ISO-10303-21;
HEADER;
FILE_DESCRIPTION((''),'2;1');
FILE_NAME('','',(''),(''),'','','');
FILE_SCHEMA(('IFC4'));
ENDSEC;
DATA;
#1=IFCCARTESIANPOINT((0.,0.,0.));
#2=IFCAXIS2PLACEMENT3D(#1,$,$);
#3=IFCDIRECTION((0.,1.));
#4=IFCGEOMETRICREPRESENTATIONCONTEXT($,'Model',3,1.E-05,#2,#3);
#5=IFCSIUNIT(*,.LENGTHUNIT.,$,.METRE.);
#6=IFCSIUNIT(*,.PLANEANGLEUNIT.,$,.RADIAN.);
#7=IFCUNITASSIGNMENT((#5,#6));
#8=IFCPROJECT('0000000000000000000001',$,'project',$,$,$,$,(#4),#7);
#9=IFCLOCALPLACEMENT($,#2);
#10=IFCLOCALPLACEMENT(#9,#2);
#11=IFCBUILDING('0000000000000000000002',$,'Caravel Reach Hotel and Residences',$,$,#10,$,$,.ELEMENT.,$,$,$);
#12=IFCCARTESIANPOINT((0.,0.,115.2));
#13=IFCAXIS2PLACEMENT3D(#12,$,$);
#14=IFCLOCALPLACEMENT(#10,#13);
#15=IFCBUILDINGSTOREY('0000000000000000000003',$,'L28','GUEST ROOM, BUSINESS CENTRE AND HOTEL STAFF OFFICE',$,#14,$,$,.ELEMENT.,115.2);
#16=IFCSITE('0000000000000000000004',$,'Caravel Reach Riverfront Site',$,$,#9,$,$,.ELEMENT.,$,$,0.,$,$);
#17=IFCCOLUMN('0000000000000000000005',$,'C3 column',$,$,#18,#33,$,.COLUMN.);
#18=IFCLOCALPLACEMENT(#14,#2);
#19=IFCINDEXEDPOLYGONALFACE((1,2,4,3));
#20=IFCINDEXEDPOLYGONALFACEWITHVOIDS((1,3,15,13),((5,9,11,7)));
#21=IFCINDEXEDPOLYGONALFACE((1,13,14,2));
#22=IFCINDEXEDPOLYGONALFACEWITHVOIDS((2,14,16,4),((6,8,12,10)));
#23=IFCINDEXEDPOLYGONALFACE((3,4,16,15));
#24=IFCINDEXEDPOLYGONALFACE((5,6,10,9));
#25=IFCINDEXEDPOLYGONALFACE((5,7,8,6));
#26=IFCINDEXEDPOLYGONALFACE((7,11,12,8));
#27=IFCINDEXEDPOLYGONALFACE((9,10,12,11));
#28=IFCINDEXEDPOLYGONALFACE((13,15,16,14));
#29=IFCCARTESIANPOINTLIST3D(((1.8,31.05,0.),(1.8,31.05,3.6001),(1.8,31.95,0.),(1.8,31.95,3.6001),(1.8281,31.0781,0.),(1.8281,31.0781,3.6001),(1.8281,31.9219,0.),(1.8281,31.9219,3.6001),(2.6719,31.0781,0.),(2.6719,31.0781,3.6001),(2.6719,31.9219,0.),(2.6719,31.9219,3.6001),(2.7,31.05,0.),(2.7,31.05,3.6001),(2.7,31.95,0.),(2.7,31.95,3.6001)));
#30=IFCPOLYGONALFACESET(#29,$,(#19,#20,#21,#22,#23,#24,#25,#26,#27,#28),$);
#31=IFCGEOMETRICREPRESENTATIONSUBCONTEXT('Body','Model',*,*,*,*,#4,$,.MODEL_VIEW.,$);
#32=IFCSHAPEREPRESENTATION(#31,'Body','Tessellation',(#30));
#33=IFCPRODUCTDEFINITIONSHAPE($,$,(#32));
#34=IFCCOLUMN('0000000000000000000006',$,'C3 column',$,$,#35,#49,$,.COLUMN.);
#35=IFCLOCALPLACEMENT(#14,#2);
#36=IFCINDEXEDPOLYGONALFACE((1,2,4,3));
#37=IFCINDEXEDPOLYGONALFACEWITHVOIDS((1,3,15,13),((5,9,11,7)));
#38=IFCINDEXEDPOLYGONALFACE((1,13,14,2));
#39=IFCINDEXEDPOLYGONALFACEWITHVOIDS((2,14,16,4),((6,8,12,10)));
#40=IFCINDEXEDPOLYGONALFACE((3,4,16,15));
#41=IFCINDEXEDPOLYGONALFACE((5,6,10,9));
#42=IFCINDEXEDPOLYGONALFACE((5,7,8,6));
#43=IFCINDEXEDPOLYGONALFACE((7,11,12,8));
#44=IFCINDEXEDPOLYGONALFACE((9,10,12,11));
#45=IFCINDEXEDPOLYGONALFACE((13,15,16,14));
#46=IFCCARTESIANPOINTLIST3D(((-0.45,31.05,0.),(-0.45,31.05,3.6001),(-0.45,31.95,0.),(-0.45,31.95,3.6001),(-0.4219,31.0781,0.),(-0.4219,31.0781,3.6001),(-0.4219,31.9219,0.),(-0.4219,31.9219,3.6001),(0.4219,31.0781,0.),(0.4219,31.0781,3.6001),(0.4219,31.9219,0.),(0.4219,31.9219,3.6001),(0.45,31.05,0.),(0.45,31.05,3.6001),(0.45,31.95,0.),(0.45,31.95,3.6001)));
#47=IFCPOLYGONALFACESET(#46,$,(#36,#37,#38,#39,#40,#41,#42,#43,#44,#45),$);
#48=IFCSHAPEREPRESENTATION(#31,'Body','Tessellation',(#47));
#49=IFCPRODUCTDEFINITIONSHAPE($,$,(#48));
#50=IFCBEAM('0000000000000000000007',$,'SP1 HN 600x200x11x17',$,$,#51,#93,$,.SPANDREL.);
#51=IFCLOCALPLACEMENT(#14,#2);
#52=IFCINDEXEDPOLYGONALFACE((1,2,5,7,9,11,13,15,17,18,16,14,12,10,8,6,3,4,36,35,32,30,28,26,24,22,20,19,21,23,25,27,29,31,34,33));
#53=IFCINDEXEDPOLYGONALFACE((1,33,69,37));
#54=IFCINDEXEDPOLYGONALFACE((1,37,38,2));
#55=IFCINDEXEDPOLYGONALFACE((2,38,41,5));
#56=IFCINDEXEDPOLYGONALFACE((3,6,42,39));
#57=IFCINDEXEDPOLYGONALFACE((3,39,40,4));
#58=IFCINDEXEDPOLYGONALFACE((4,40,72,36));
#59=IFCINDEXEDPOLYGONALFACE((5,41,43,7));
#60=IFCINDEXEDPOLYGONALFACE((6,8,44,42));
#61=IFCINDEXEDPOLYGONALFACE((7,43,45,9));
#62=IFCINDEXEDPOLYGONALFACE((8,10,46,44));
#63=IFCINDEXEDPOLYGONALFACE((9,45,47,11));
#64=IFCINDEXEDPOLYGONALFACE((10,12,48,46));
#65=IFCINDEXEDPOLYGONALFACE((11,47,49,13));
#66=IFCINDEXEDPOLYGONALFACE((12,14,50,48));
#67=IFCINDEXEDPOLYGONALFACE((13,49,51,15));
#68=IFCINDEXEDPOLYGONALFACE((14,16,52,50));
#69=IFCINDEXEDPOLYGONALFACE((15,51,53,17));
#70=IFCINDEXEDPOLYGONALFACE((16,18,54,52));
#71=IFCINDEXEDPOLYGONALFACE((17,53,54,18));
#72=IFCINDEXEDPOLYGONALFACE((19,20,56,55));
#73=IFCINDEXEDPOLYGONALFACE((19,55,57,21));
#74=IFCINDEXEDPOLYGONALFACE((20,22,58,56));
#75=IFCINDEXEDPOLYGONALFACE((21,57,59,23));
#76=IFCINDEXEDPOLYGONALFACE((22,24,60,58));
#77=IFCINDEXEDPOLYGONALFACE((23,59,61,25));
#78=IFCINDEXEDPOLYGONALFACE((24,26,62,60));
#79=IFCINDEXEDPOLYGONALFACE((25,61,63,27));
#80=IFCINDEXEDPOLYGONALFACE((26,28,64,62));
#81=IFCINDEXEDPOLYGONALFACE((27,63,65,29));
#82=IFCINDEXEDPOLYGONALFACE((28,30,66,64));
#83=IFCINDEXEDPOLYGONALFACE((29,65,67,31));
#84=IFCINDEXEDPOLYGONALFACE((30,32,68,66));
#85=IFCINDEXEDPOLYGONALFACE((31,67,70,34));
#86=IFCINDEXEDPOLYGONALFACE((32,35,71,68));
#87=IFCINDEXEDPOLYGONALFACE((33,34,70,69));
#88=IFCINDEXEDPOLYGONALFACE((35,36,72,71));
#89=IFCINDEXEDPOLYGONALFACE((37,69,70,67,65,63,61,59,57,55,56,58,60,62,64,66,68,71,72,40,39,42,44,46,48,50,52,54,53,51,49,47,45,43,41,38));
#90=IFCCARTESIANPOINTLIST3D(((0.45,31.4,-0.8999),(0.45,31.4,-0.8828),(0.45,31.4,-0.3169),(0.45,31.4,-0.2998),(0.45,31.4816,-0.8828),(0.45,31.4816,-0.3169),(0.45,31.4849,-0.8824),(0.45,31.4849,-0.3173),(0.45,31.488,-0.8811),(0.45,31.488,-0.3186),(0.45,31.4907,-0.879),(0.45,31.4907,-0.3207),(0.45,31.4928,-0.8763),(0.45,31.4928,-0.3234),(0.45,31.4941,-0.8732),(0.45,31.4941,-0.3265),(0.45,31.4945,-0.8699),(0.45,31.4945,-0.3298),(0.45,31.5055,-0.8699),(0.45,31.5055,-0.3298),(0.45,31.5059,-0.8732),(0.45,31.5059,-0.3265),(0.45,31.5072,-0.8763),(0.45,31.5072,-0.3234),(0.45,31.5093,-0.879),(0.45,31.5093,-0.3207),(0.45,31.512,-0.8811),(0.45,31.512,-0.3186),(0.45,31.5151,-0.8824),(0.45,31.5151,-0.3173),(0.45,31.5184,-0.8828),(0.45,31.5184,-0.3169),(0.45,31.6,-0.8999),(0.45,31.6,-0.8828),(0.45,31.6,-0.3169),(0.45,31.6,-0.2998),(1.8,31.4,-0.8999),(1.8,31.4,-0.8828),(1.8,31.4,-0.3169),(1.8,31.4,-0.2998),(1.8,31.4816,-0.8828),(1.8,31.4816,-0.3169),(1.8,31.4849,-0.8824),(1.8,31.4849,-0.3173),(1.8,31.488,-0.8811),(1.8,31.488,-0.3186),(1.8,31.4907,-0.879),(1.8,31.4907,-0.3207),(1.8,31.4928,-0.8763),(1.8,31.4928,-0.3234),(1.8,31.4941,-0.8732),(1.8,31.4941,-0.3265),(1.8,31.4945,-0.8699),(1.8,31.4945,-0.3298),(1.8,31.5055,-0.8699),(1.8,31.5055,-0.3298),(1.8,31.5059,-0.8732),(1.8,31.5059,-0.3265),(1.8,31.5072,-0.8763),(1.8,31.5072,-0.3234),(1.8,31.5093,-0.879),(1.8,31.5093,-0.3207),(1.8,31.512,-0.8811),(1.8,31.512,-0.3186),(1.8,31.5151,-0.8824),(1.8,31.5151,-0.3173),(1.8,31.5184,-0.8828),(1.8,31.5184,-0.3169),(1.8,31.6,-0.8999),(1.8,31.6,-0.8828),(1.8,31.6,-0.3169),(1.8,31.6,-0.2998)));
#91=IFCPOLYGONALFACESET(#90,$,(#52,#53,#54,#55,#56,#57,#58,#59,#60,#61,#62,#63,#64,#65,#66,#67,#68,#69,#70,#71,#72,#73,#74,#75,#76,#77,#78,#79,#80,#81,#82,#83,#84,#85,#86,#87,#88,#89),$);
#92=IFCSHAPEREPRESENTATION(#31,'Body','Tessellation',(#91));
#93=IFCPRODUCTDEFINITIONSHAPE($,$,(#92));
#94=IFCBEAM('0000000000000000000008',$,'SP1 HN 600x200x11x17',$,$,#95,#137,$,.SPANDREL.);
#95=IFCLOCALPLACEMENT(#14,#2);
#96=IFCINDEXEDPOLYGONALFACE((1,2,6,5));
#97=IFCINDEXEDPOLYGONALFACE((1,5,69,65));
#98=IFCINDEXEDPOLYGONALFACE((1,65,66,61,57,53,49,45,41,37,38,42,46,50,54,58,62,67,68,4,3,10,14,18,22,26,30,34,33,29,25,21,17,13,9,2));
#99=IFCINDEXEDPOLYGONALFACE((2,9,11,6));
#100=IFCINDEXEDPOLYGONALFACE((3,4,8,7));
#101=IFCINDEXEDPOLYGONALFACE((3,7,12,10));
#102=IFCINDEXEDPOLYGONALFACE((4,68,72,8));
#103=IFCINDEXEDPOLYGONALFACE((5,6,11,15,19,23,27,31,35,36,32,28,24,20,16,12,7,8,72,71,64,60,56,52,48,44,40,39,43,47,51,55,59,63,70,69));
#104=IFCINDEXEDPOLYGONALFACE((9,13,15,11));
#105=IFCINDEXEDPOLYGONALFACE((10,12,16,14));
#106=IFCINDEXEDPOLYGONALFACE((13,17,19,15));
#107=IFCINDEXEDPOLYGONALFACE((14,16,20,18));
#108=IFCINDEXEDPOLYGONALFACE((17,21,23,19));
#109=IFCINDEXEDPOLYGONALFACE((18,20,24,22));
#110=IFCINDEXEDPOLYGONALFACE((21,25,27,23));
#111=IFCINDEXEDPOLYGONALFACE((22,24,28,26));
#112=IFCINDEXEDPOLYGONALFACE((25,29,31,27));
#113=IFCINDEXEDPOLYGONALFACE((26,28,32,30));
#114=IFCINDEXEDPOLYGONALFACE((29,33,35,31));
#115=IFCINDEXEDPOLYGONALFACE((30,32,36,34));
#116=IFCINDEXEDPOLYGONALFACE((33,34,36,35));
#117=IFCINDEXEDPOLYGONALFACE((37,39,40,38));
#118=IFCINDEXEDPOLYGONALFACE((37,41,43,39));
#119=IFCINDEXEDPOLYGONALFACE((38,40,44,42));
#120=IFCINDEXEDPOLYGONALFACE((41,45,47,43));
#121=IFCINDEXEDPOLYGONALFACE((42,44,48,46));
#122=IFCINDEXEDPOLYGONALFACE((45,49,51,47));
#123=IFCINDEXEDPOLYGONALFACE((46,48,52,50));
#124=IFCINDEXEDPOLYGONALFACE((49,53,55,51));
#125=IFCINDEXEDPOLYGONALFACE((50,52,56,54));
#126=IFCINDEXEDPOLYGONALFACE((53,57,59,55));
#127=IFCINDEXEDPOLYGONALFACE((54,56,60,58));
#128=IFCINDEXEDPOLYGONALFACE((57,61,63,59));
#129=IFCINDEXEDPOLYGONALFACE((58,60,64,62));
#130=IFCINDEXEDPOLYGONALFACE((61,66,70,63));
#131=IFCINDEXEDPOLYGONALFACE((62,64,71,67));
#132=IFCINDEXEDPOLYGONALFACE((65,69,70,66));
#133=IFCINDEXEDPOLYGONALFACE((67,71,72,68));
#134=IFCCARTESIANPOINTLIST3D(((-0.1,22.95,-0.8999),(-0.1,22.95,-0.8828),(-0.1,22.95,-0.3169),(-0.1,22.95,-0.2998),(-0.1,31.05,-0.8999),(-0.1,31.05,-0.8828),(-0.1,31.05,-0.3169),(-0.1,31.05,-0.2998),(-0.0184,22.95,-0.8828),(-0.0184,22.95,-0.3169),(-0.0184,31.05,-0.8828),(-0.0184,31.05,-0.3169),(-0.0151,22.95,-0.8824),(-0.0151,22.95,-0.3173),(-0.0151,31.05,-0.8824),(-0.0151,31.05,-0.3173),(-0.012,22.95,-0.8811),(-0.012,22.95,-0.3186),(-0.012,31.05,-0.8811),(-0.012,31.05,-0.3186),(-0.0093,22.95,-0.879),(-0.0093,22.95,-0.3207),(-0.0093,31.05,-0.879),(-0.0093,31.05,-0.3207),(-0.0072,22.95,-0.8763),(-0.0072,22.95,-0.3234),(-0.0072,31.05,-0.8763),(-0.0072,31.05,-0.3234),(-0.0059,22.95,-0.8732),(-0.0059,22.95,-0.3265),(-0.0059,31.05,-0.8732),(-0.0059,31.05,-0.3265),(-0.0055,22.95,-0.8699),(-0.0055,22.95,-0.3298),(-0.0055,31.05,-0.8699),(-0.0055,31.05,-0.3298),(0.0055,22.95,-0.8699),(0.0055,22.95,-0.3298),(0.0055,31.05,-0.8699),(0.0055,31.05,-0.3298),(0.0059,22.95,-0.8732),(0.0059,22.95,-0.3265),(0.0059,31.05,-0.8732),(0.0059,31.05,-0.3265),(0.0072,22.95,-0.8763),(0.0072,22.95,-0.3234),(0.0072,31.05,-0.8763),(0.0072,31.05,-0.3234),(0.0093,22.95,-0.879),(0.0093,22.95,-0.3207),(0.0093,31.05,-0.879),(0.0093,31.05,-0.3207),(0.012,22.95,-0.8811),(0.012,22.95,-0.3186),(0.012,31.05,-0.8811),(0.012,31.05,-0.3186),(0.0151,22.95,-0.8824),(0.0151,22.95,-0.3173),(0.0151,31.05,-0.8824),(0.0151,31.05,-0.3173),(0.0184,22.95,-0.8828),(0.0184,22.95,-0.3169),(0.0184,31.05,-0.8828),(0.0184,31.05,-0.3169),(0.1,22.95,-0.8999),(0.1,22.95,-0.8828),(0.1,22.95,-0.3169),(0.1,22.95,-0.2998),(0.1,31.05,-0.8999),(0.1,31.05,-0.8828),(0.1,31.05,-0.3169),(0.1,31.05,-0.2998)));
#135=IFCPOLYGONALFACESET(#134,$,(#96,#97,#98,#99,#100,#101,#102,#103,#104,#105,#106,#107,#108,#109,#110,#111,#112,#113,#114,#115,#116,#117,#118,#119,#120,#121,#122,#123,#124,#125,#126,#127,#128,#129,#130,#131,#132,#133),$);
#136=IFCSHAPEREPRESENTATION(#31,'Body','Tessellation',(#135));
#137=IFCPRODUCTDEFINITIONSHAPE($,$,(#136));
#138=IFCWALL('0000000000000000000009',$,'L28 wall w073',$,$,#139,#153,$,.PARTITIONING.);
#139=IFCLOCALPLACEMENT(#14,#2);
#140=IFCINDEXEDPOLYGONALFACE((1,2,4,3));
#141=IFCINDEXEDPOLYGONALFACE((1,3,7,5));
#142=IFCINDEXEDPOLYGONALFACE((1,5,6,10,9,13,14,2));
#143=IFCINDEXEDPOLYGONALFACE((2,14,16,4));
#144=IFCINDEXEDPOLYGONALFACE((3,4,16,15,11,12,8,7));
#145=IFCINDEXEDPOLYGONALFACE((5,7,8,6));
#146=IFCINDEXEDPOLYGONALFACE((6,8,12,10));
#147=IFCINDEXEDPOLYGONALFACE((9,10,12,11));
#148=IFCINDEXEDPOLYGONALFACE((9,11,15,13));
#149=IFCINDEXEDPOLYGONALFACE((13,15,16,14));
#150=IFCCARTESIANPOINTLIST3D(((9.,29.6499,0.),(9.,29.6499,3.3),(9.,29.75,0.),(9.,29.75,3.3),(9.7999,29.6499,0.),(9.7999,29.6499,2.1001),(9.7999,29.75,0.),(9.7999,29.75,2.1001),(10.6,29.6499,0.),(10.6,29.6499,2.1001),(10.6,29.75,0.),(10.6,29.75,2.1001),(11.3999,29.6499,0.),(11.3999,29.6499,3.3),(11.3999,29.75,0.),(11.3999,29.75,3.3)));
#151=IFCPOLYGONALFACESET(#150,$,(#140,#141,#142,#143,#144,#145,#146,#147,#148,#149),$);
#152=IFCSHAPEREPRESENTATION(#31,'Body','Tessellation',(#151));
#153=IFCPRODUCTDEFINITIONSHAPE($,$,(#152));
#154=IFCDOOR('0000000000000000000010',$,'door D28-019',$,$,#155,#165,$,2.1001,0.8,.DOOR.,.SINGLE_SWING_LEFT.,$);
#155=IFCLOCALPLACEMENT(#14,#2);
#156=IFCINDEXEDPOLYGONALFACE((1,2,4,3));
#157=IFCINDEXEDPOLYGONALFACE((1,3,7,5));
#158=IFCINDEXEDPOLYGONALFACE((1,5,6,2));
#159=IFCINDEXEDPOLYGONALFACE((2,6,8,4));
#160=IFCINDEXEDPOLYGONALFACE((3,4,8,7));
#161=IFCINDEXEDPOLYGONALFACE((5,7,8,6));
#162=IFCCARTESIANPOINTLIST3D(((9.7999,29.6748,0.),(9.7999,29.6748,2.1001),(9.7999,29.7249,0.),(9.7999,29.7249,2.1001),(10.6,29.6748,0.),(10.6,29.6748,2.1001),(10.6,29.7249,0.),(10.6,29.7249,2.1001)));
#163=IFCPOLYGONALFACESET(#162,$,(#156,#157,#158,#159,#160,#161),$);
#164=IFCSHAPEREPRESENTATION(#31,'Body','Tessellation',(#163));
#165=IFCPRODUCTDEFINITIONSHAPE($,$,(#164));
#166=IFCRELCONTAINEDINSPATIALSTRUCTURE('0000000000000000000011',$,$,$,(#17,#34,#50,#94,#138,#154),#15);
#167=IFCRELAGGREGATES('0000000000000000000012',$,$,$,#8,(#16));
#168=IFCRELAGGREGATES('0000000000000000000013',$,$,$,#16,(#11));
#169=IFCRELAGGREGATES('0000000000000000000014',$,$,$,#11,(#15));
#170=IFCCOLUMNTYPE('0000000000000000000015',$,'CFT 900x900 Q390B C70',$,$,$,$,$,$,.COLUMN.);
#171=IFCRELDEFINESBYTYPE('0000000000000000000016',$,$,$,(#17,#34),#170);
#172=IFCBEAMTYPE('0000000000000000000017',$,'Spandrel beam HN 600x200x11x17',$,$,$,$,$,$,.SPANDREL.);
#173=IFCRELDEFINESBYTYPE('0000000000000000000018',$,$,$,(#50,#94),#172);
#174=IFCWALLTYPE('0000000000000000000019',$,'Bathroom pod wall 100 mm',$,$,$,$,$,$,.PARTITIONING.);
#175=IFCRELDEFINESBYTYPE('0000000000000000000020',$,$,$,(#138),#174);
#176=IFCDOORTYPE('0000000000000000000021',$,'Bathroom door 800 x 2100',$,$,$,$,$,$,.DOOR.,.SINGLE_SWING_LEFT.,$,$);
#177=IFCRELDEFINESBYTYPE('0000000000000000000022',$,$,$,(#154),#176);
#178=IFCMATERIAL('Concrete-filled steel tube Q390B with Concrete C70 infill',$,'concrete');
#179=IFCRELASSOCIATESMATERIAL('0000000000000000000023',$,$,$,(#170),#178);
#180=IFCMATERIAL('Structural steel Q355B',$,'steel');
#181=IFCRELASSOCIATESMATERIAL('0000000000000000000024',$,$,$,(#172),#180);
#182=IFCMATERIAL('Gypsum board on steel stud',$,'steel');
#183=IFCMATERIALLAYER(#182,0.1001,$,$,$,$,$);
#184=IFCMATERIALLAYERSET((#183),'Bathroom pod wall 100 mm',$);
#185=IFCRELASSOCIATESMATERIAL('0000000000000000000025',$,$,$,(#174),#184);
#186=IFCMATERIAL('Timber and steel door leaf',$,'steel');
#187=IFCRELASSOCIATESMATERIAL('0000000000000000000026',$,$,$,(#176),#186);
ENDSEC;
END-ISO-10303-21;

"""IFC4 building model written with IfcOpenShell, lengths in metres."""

from ifc_helpers import new_model, si_unit, direction, frame, frame_2d, origin, origin_2d, place, context, subcontext, project, spatial, rectangle, hollow_rectangle, i_section, extrude, material, layer, layer_set, material_profile, profile_set, type_object, element, fill, save


model = new_model("IFC4")

# Units and contexts
model_context = context("Model", 3, precision=1e-05, world=origin(), true_north=direction((0.0, 1.0)))
body_context = subcontext(model_context, "Body", "Model", "MODEL_VIEW")
ifc_project = project(units=[si_unit("LENGTHUNIT", "METRE"), si_unit("PLANEANGLEUNIT", "RADIAN")], contexts=[model_context])

# Site, building, storey
site_placement = place(None, origin())
site = spatial("IfcSite", under=ifc_project, at=site_placement, Name="Caravel Reach Riverfront Site", CompositionType="ELEMENT", RefElevation=0.0)
building_placement = place(site_placement, origin())
building = spatial("IfcBuilding", under=site, at=building_placement, Name="Caravel Reach Hotel and Residences", CompositionType="ELEMENT")
storey_placement = place(building_placement, frame((0.0, 0.0, 115.2)))
storey = spatial("IfcBuildingStorey", under=building, at=storey_placement, Name="L28", Description="GUEST ROOM, BUSINESS CENTRE AND HOTEL STAFF OFFICE", CompositionType="ELEMENT", Elevation=115.2)

# Columns
ifc_material_1 = material(Name="Concrete-filled steel tube Q390B with Concrete C70 infill", Category="concrete")
ifc_material_profile_1 = material_profile(ifc_material_1, hollow_rectangle(XDim=0.8999, YDim=0.8999, WallThickness=0.0281, at=origin_2d()), Name="RHS 900x900x28")
ifc_profile_set_1 = profile_set([ifc_material_profile_1], Name="Concrete-filled steel tube Q390B with Concrete C70 infill")
column_type = type_object("IfcColumnType", Name="CFT 900x900 Q390B C70", PredefinedType="COLUMN", material=ifc_profile_set_1)
for number, where, z_axis, x_axis, name in (
    (1, (2.25, 31.5, 0.0), (0.0, 0.0, 1.0), (1.0, 0.0, 0.0), "C3 column"),
    (2, (0.0, 31.5, 0.0), (0.0, 0.0, 1.0), (1.0, 0.0, 0.0), "C3 column"),
):
    element("IfcColumn", number, at=place(storey_placement, frame(where, z_axis=z_axis, x_axis=x_axis)), inside=storey, type_object=column_type, Name=name, PredefinedType="COLUMN", context=body_context, shape_type="SweptSolid", body=[
        extrude(hollow_rectangle(XDim=0.8999, YDim=0.8999, WallThickness=0.0281, at=origin_2d()), origin(), (0.0, 0.0, 1.0), 3.6001),
    ])

# Beams
ifc_material_2 = material(Name="Structural steel Q355B", Category="steel")
ifc_material_profile_2 = material_profile(ifc_material_2, i_section(OverallWidth=0.2, OverallDepth=0.6001, WebThickness=0.011, FlangeThickness=0.0171, FilletRadius=0.0129, at=origin_2d()), Name="HN 600x200x11x17")
ifc_profile_set_2 = profile_set([ifc_material_profile_2], Name="Structural steel Q355B")
beam_type = type_object("IfcBeamType", Name="Spandrel beam HN 600x200x11x17", PredefinedType="SPANDREL", material=ifc_profile_set_2)
beam_1_placement = place(storey_placement, frame((1.8, 31.5, -0.5999), z_axis=(-1.0, 0.0, 0.0), x_axis=(0.0, -1.0, 0.0)))
element("IfcBeam", 3, at=beam_1_placement, inside=storey, type_object=beam_type, Name="SP1 HN 600x200x11x17", PredefinedType="SPANDREL", context=body_context, shape_type="SweptSolid", body=[
    extrude(i_section(OverallWidth=0.2, OverallDepth=0.6001, WebThickness=0.011, FlangeThickness=0.0171, FilletRadius=0.0129, at=origin_2d()), origin(), (0.0, 0.0, 1.0), 1.3501),
])
beam_2_placement = place(storey_placement, frame((0.0, 31.05, -0.5999), z_axis=(0.0, -1.0, 0.0), x_axis=(1.0, 0.0, 0.0)))
element("IfcBeam", 4, at=beam_2_placement, inside=storey, type_object=beam_type, Name="SP1 HN 600x200x11x17", PredefinedType="SPANDREL", context=body_context, shape_type="SweptSolid", body=[
    extrude(i_section(OverallWidth=0.2, OverallDepth=0.6001, WebThickness=0.011, FlangeThickness=0.0171, FilletRadius=0.0129, at=origin_2d()), origin(), (0.0, 0.0, 1.0), 8.1001),
])

# Wall, opening, door
ifc_material_3 = material(Name="Gypsum board on steel stud", Category="steel")
ifc_layer_1 = layer(ifc_material_3, 0.1001)
ifc_layer_set_1 = layer_set([ifc_layer_1], Name="Bathroom pod wall 100 mm")
wall_type_1 = type_object("IfcWallType", Name="Bathroom pod wall 100 mm", PredefinedType="PARTITIONING", material=ifc_layer_set_1)
wall_1_placement = place(storey_placement, frame((9.0, 29.7, 0.0), z_axis=(0.0, 0.0, 1.0), x_axis=(1.0, 0.0, 0.0)))
wall_1 = element("IfcWall", 5, at=wall_1_placement, inside=storey, type_object=wall_type_1, Name="L28 wall w073", PredefinedType="PARTITIONING", context=body_context, shape_type="SweptSolid", body=[
    extrude(rectangle(XDim=2.3999, YDim=0.1001, at=frame_2d((1.2, 0.0))), origin(), (0.0, 0.0, 1.0), 3.3),
])
opening_1_placement = place(wall_1_placement, frame((0.8, 0.0, 0.0)))
opening_1 = element("IfcOpeningElement", 6, at=opening_1_placement, cuts=wall_1, PredefinedType="OPENING", context=body_context, shape_type="SweptSolid", body=[
    extrude(rectangle(XDim=0.8, YDim=2.1001, at=frame_2d((0.3999, 1.05))), frame((0.0, 0.0601, 0.0), z_axis=(0.0, -1.0, 0.0), x_axis=(1.0, 0.0, 0.0)), (0.0, 0.0, 1.0), 0.1201),
])
ifc_material_4 = material(Name="Timber and steel door leaf", Category="steel")
door_type_1 = type_object("IfcDoorType", Name="Bathroom door 800 x 2100", OperationType="SINGLE_SWING_LEFT", PredefinedType="DOOR", material=ifc_material_4)
door_1_placement = place(opening_1_placement, origin())
door_1 = element("IfcDoor", 7, at=door_1_placement, inside=storey, type_object=door_type_1, Name="door D28-019", OperationType="SINGLE_SWING_LEFT", OverallHeight=2.1001, OverallWidth=0.8, PredefinedType="DOOR", context=body_context, shape_type="SweptSolid", body=[
    extrude(rectangle(XDim=0.8, YDim=2.1001, at=frame_2d((0.3999, 1.05))), frame((0.0, 0.0249, 0.0), z_axis=(0.0, -1.0, 0.0), x_axis=(1.0, 0.0, 0.0)), (0.0, 0.0, 1.0), 0.05),
])
fill(opening_1, door_1)

save(model, "model.ifc")
